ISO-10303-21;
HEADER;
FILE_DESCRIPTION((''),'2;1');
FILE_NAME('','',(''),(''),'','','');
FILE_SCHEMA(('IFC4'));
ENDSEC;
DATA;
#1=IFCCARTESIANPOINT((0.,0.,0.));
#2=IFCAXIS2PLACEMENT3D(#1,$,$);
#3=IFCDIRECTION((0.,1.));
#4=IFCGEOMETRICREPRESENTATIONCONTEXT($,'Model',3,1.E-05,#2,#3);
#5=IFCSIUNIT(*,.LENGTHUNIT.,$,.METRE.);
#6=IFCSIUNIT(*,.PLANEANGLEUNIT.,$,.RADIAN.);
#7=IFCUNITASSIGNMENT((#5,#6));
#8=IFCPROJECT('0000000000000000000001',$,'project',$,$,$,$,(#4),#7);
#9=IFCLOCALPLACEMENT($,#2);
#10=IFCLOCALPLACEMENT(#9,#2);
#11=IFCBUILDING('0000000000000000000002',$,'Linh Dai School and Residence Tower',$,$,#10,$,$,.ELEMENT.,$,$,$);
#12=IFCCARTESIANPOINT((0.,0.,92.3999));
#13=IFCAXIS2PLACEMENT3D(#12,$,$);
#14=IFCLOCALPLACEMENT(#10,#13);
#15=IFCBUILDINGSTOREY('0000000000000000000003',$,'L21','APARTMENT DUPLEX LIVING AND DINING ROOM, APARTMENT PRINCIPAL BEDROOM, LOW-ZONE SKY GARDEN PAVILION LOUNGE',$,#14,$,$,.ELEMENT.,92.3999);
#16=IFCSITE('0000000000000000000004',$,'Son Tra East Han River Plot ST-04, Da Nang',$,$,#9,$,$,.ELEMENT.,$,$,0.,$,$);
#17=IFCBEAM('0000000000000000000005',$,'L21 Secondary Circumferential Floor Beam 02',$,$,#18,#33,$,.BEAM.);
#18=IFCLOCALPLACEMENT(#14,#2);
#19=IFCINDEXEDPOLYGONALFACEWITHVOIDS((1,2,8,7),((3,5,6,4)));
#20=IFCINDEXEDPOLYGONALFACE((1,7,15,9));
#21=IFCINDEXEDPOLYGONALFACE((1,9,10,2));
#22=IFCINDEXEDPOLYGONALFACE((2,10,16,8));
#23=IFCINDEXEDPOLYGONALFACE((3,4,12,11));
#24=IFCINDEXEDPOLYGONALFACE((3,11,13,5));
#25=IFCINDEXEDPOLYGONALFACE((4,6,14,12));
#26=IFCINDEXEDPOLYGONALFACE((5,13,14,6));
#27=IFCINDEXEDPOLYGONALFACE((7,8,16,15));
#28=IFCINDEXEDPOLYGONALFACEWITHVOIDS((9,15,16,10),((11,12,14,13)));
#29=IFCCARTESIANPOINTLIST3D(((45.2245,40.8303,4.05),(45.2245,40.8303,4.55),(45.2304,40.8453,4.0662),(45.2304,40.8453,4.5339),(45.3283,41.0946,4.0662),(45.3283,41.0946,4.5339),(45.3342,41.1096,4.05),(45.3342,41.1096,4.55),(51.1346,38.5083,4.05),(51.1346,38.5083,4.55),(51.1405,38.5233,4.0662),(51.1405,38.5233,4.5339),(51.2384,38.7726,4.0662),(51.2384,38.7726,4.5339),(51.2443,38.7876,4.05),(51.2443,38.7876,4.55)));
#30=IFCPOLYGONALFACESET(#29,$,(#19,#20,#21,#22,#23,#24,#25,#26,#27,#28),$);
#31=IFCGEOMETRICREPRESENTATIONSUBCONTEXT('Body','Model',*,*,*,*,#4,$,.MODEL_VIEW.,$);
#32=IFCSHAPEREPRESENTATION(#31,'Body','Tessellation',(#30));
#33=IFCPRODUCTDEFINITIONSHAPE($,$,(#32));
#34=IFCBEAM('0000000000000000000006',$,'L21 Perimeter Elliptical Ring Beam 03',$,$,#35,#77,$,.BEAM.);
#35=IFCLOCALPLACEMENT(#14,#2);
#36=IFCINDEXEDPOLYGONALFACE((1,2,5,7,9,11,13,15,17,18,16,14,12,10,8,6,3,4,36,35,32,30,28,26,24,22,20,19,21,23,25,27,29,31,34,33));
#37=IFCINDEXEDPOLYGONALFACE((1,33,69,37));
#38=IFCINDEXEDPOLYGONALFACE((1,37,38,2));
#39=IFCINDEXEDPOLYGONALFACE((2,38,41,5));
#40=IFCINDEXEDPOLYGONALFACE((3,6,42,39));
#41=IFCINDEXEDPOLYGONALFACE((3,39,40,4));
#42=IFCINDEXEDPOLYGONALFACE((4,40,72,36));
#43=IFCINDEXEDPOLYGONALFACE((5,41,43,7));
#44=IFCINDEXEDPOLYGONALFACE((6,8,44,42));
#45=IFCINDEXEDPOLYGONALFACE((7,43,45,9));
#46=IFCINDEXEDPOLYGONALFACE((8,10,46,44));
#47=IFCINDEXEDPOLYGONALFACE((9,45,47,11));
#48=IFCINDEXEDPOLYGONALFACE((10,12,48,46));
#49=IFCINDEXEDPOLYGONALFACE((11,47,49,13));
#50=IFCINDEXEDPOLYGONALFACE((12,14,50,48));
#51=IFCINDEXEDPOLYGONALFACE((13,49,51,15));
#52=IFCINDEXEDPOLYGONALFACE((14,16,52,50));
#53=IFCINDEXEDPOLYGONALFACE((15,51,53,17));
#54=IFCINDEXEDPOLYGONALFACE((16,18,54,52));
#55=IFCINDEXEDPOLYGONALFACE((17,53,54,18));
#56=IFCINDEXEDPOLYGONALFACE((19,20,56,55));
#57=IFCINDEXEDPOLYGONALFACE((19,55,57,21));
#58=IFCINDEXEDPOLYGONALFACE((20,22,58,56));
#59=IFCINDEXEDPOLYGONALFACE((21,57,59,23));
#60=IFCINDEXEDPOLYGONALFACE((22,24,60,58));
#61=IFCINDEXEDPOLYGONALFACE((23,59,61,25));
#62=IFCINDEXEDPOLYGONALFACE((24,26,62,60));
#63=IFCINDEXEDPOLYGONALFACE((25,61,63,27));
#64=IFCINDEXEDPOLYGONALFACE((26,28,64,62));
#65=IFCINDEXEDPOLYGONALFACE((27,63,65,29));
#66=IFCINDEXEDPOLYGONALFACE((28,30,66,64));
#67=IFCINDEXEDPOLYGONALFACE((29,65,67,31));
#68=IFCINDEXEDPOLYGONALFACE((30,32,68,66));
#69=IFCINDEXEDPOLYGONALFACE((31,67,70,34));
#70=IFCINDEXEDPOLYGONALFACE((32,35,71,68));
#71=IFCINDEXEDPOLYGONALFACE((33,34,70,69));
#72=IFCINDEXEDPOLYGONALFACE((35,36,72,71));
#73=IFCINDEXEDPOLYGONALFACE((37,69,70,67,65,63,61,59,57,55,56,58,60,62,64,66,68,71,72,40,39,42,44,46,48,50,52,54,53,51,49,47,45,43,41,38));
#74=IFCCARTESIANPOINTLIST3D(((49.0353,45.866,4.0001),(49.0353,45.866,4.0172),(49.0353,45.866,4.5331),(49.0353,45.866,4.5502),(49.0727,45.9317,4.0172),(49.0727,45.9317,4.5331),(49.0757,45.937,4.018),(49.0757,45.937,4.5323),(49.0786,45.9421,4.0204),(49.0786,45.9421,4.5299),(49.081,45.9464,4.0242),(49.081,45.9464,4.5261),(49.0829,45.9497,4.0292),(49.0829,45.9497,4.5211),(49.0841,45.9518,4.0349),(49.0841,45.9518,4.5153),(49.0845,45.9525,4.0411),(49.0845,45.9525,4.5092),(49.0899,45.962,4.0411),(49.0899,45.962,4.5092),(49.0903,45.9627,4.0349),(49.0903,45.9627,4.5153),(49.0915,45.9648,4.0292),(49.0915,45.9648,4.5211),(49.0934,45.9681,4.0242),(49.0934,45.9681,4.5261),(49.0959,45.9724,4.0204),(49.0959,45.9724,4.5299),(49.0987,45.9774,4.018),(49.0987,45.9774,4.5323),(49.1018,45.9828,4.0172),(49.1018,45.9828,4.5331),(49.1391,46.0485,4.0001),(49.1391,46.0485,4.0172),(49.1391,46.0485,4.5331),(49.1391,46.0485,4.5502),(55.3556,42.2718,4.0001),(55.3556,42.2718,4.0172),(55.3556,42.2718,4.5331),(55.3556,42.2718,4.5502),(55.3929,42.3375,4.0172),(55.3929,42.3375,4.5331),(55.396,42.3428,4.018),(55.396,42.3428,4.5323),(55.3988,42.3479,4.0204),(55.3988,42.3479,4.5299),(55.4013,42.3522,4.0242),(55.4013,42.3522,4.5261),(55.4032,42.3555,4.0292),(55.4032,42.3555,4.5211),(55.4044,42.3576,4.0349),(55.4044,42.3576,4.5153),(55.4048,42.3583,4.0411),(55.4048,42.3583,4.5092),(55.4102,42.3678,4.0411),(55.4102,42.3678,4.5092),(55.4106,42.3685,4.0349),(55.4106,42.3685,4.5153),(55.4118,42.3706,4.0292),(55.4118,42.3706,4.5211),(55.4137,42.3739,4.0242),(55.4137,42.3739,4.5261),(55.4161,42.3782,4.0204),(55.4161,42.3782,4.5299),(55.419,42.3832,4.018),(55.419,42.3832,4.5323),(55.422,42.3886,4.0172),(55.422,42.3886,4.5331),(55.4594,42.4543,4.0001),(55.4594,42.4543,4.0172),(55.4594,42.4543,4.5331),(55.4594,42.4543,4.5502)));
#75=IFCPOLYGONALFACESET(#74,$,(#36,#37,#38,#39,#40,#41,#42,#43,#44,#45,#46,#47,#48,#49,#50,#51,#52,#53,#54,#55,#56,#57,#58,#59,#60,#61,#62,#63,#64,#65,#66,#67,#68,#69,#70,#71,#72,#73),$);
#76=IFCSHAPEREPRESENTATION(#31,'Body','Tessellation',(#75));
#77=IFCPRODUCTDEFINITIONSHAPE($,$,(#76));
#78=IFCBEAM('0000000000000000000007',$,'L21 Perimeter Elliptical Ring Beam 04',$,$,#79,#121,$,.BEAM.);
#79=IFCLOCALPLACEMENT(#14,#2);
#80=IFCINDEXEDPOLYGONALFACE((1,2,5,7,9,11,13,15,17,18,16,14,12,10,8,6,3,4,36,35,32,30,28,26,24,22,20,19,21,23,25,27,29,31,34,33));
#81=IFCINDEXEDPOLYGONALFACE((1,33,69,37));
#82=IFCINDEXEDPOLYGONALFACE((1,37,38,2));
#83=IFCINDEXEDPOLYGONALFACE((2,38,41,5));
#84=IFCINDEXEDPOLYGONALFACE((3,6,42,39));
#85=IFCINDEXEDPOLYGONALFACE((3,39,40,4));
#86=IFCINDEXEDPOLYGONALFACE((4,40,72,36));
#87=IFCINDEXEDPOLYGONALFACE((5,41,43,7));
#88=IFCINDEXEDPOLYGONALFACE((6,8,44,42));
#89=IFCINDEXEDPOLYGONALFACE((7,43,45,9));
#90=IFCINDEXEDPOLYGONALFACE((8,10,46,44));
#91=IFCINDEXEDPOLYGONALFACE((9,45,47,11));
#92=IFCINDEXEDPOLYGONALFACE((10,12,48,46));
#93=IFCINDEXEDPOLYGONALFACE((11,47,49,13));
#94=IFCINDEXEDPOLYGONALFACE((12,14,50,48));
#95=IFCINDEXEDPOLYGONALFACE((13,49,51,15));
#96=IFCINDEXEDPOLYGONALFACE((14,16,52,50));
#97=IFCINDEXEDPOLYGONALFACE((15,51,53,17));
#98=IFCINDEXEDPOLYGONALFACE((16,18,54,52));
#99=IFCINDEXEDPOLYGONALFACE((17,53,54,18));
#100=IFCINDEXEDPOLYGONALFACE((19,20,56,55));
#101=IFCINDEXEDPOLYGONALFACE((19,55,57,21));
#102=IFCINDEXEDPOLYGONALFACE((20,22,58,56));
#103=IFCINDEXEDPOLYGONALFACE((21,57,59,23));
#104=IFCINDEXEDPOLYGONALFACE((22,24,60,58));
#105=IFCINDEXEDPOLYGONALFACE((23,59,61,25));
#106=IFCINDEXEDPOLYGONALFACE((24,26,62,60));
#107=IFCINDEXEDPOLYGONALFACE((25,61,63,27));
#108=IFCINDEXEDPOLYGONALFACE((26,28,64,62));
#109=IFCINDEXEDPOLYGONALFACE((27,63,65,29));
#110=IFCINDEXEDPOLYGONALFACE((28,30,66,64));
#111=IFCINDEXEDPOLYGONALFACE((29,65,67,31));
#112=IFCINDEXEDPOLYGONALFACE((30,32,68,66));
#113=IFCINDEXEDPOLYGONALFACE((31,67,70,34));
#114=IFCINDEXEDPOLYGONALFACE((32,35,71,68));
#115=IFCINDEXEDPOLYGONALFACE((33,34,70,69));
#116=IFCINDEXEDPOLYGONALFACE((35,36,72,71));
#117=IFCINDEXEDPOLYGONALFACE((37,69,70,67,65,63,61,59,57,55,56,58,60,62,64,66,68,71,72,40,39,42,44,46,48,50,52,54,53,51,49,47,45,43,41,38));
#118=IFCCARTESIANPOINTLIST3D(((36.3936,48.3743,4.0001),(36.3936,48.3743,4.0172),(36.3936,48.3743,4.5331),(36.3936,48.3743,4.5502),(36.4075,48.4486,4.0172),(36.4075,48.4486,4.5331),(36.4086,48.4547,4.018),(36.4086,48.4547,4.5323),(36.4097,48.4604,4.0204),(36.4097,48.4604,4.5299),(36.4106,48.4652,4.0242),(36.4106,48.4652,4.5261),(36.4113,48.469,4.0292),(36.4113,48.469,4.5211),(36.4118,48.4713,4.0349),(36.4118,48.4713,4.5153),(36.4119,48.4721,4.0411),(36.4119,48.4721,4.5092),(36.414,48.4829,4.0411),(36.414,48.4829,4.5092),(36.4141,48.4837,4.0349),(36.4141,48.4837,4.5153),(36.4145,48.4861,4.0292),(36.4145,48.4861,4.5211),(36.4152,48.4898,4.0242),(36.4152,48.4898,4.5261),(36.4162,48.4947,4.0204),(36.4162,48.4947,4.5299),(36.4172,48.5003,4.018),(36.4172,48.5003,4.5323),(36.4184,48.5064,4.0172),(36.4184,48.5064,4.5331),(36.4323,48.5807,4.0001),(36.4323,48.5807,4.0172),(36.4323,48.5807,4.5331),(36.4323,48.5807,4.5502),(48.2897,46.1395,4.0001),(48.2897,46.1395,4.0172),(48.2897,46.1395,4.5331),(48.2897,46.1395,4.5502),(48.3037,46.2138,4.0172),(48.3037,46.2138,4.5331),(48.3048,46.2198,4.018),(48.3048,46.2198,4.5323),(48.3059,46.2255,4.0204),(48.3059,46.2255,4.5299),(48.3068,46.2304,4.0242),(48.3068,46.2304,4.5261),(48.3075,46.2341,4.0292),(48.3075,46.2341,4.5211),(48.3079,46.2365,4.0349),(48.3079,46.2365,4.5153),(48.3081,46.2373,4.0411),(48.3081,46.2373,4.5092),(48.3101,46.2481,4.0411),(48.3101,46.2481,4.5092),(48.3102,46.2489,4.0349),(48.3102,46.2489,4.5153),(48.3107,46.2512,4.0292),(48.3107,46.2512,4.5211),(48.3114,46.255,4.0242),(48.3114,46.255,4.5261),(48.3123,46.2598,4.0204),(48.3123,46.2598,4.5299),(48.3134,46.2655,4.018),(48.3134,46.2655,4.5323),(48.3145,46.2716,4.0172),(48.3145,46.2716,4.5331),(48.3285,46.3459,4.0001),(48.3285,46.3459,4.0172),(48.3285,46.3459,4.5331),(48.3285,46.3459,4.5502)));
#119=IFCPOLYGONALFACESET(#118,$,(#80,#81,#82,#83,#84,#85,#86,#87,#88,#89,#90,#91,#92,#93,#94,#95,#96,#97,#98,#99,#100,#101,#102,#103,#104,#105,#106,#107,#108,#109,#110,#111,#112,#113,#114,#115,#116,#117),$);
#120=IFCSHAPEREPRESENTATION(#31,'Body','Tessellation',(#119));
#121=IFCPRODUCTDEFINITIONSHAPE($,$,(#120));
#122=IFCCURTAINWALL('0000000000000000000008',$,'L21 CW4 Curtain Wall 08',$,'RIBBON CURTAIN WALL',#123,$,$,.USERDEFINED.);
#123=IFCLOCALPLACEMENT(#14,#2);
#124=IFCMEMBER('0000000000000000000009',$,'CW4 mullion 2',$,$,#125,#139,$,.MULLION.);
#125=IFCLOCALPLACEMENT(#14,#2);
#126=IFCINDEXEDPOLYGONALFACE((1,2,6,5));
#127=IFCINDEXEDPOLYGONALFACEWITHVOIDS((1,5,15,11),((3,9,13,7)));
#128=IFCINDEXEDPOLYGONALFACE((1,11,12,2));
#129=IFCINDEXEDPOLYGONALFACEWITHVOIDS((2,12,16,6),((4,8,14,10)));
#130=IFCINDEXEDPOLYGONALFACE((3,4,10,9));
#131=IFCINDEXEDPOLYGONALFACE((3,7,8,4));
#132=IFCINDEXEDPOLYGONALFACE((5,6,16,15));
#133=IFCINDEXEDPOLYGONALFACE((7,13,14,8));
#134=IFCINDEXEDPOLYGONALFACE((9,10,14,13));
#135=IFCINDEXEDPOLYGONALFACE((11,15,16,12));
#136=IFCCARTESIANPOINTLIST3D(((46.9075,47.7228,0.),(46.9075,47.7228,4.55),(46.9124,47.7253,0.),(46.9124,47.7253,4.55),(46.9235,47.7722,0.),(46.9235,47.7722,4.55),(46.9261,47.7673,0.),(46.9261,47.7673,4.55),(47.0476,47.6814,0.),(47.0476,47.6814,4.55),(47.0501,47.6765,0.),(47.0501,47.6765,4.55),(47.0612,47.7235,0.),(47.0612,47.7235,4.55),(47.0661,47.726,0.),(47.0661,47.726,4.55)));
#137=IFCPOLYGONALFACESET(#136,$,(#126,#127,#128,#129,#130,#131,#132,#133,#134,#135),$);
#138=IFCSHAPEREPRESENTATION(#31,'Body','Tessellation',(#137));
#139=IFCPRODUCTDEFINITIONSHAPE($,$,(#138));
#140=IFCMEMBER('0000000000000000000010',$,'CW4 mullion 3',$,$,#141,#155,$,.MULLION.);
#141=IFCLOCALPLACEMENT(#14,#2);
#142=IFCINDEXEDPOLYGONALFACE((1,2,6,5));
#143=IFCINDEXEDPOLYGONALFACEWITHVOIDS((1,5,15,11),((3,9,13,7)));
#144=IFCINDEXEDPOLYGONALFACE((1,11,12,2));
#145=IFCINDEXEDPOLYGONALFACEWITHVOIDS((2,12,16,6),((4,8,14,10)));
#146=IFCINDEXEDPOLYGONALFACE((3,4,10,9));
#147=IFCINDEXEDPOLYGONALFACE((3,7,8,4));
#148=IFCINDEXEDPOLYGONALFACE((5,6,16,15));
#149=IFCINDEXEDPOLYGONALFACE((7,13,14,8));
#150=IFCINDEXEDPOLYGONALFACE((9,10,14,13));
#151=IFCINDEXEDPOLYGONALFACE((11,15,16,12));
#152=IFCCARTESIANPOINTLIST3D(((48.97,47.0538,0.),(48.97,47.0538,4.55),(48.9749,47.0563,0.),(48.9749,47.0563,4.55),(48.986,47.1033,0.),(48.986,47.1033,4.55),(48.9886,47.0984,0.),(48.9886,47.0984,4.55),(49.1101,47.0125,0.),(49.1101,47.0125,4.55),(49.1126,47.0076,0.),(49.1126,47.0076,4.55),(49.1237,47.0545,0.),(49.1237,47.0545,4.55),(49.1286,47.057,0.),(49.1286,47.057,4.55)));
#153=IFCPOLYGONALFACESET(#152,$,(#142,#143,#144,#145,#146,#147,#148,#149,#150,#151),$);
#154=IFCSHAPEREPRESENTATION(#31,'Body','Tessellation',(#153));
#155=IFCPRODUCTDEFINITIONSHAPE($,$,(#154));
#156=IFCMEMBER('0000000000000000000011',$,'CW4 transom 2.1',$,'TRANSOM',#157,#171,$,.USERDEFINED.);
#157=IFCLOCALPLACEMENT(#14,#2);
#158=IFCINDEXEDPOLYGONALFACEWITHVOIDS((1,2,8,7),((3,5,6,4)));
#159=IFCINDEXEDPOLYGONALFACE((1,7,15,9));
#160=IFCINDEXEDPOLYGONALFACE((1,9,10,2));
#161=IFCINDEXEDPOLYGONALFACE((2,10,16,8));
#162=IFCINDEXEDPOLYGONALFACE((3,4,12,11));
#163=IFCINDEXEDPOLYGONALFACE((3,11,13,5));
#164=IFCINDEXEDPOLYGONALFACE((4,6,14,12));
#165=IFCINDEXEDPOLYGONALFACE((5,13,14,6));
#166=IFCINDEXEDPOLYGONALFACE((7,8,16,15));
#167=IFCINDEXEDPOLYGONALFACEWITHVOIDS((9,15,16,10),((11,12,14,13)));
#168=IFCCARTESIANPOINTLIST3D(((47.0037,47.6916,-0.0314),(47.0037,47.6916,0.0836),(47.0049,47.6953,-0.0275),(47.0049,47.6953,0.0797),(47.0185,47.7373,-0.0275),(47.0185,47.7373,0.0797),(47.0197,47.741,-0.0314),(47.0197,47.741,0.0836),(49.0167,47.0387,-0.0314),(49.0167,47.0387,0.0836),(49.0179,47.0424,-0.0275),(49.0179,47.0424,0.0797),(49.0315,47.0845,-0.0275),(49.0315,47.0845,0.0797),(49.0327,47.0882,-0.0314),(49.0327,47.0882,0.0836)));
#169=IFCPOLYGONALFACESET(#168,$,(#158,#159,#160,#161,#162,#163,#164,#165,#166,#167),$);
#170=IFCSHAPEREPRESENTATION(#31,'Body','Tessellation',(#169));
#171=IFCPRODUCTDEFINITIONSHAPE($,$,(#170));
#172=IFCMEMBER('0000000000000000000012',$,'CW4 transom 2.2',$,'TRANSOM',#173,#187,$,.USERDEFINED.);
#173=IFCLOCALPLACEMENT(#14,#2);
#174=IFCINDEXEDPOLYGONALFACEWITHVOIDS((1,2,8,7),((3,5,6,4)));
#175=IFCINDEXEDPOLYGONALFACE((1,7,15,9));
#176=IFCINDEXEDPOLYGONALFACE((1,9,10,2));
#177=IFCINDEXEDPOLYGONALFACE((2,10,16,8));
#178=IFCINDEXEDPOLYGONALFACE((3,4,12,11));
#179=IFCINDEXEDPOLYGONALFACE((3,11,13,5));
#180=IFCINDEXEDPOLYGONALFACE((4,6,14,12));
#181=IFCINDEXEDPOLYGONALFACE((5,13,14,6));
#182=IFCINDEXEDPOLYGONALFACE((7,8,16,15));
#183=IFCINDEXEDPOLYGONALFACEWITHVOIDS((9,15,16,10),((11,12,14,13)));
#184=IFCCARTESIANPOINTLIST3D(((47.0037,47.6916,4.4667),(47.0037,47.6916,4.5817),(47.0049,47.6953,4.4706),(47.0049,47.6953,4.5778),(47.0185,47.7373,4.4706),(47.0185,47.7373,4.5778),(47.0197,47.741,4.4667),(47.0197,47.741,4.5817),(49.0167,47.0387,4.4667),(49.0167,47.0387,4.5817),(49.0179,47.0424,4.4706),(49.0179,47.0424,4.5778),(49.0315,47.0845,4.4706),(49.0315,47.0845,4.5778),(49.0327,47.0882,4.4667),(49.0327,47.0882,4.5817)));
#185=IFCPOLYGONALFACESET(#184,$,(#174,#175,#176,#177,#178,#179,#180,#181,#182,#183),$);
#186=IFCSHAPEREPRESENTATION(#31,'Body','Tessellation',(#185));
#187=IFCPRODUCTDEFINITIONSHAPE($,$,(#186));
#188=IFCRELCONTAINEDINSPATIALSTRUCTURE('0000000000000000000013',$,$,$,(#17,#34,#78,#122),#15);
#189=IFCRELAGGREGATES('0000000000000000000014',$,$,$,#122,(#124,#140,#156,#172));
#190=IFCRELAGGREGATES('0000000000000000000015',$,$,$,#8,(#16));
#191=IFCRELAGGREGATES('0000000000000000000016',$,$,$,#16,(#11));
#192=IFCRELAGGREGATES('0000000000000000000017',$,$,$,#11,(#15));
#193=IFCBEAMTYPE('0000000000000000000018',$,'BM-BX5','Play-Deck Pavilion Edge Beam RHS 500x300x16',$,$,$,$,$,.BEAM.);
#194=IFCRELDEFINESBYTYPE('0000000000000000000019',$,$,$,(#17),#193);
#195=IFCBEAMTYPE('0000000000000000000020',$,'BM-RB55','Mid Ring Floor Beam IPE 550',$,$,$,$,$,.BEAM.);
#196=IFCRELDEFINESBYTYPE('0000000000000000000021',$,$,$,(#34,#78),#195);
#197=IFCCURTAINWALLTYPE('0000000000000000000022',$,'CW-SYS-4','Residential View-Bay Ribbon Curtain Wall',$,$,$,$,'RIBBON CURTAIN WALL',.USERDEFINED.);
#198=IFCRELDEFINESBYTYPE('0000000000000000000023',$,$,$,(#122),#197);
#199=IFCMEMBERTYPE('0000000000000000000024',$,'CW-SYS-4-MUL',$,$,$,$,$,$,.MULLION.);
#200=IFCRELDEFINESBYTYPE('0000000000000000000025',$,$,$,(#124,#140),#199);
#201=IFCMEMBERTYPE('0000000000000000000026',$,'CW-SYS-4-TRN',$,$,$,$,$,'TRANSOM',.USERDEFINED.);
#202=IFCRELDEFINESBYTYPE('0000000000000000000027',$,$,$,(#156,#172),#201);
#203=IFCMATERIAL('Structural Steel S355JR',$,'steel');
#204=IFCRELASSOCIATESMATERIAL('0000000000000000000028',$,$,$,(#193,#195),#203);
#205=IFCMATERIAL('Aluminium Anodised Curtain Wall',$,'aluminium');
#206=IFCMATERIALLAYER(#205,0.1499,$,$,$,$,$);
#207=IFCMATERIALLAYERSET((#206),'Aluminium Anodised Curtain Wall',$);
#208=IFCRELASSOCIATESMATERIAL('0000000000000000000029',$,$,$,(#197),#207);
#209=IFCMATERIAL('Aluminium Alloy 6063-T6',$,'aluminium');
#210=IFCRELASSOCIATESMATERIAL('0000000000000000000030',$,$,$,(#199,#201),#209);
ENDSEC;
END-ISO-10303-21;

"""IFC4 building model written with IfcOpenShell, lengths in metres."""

from ifc_helpers import new_model, si_unit, direction, frame, origin, origin_2d, place, context, subcontext, project, spatial, hollow_rectangle, i_section, extrude, source, transform, mapped, material, layer, layer_set, material_profile, profile_set, type_object, element, aggregate, save


model = new_model("IFC4")

# Units and contexts
model_context = context("Model", 3, precision=1e-05, world=origin(), true_north=direction((0.0, 1.0)))
body_context = subcontext(model_context, "Body", "Model", "MODEL_VIEW")
ifc_project = project(units=[si_unit("LENGTHUNIT", "METRE"), si_unit("PLANEANGLEUNIT", "RADIAN")], contexts=[model_context])

# Site, building, storey
site_placement = place(None, origin())
site = spatial("IfcSite", under=ifc_project, at=site_placement, Name="Son Tra East Han River Plot ST-04, Da Nang", CompositionType="ELEMENT", RefElevation=0.0)
building_placement = place(site_placement, origin())
building = spatial("IfcBuilding", under=site, at=building_placement, Name="Linh Dai School and Residence Tower", CompositionType="ELEMENT")
storey_placement = place(building_placement, frame((0.0, 0.0, 92.3999)))
storey = spatial("IfcBuildingStorey", under=building, at=storey_placement, Name="L21", Description="APARTMENT DUPLEX LIVING AND DINING ROOM, APARTMENT PRINCIPAL BEDROOM, LOW-ZONE SKY GARDEN PAVILION LOUNGE", CompositionType="ELEMENT", Elevation=92.3999)

# Shared definitions
ifc_material_1 = material(Name="Structural Steel S355JR", Category="steel")

# Beams
ifc_material_profile_1 = material_profile(ifc_material_1, hollow_rectangle(XDim=0.3, YDim=0.5, WallThickness=0.0161, at=origin_2d()), Name="RHS 500x300x16")
ifc_profile_set_1 = profile_set([ifc_material_profile_1], Name="Structural Steel S355JR")
beam_type_1 = type_object("IfcBeamType", Name="BM-BX5", Description="Play-Deck Pavilion Edge Beam RHS 500x300x16", PredefinedType="BEAM", material=ifc_profile_set_1)
beam_1_placement = place(storey_placement, frame((51.1895, 38.6479, 4.3), z_axis=(-0.930742, 0.365676, 0.0), x_axis=(-0.365676, -0.930742, 0.0)))
element("IfcBeam", 1, at=beam_1_placement, inside=storey, type_object=beam_type_1, Name="L21 Secondary Circumferential Floor Beam 02", PredefinedType="BEAM", context=body_context, shape_type="SweptSolid", body=[
    extrude(hollow_rectangle(XDim=0.3, YDim=0.5, WallThickness=0.0161, at=origin_2d()), origin(), (0.0, 0.0, 1.0), 6.3499),
])
ifc_material_profile_2 = material_profile(ifc_material_1, i_section(OverallWidth=0.21, OverallDepth=0.55, WebThickness=0.011, FlangeThickness=0.0171, FilletRadius=0.0239, at=origin_2d()), Name="IPE 550")
ifc_profile_set_2 = profile_set([ifc_material_profile_2], Name="Structural Steel S355JR")
beam_type_2 = type_object("IfcBeamType", Name="BM-RB55", Description="Mid Ring Floor Beam IPE 550", PredefinedType="BEAM", material=ifc_profile_set_2)
beam_2_placement = place(storey_placement, frame((55.4075, 42.363, 4.2751), z_axis=(-0.86927, 0.494337, 0.0), x_axis=(-0.494337, -0.86927, 0.0)))
element("IfcBeam", 2, at=beam_2_placement, inside=storey, type_object=beam_type_2, Name="L21 Perimeter Elliptical Ring Beam 03", PredefinedType="BEAM", context=body_context, shape_type="SweptSolid", body=[
    extrude(i_section(OverallWidth=0.21, OverallDepth=0.55, WebThickness=0.011, FlangeThickness=0.0171, FilletRadius=0.0239, at=origin_2d()), origin(), (0.0, 0.0, 1.0), 7.2708),
])
beam_3_placement = place(storey_placement, frame((48.3091, 46.2427, 4.2751), z_axis=(-0.982808, 0.184633, 0.0), x_axis=(-0.184633, -0.982808, 0.0)))
element("IfcBeam", 3, at=beam_3_placement, inside=storey, type_object=beam_type_2, Name="L21 Perimeter Elliptical Ring Beam 04", PredefinedType="BEAM", context=body_context, shape_type="SweptSolid", body=[
    extrude(i_section(OverallWidth=0.21, OverallDepth=0.55, WebThickness=0.011, FlangeThickness=0.0171, FilletRadius=0.0239, at=origin_2d()), origin(), (0.0, 0.0, 1.0), 12.1042),
])

# Curtain wall, members
ifc_material_2 = material(Name="Aluminium Anodised Curtain Wall", Category="aluminium")
ifc_layer_1 = layer(ifc_material_2, 0.1499)
ifc_layer_set_1 = layer_set([ifc_layer_1], Name="Aluminium Anodised Curtain Wall")
curtain_wall_type = type_object("IfcCurtainWallType", Name="CW-SYS-4", Description="Residential View-Bay Ribbon Curtain Wall", ElementType="RIBBON CURTAIN WALL", PredefinedType="USERDEFINED", material=ifc_layer_set_1)
curtain_wall_placement = place(storey_placement, origin())
curtain_wall = element("IfcCurtainWall", 4, at=curtain_wall_placement, inside=storey, type_object=curtain_wall_type, Name="L21 CW4 Curtain Wall 08", ObjectType="RIBBON CURTAIN WALL", PredefinedType="USERDEFINED")
ifc_material_3 = material(Name="Aluminium Alloy 6063-T6", Category="aluminium")
ifc_material_profile_3 = material_profile(ifc_material_3, hollow_rectangle(XDim=0.052, YDim=0.1499, WallThickness=0.0039, at=origin_2d()), Name="RHS 150x52x4")
ifc_profile_set_3 = profile_set([ifc_material_profile_3], Name="Aluminium Alloy 6063-T6")
member_type_1 = type_object("IfcMemberType", Name="CW-SYS-4-MUL", PredefinedType="MULLION", material=ifc_profile_set_3)
shared_shape_1 = source(origin(), body_context, "Body", "SweptSolid", [
    extrude(hollow_rectangle(XDim=0.052, YDim=0.1499, WallThickness=0.0039, at=origin_2d()), origin(), (0.0, 0.0, 1.0), 4.55),
])
member_1_placement = place(storey_placement, frame((46.9868, 47.7244, 0.0), z_axis=(0.0, 0.0, 1.0), x_axis=(0.308522, 0.951217, 0.0)))
member_1 = element("IfcMember", 5, at=member_1_placement, type_object=member_type_1, Name="CW4 mullion 2", PredefinedType="MULLION", context=body_context, shape_type="MappedRepresentation", body=[
    mapped(shared_shape_1, transform((0.0, 0.0, 0.0), x_axis=(1.0, 0.0, 0.0), y_axis=(0.0, 1.0, 0.0), z_axis=(0.0, 0.0, 1.0), scale=1.0)),
])
member_2_placement = place(storey_placement, frame((49.0493, 47.0554, 0.0), z_axis=(0.0, 0.0, 1.0), x_axis=(0.308522, 0.951217, 0.0)))
member_2 = element("IfcMember", 6, at=member_2_placement, type_object=member_type_1, Name="CW4 mullion 3", PredefinedType="MULLION", context=body_context, shape_type="MappedRepresentation", body=[
    mapped(shared_shape_1, transform((0.0, 0.0, 0.0), x_axis=(1.0, 0.0, 0.0), y_axis=(0.0, 1.0, 0.0), z_axis=(0.0, 0.0, 1.0), scale=1.0)),
])
ifc_material_profile_4 = material_profile(ifc_material_3, hollow_rectangle(XDim=0.052, YDim=0.115, WallThickness=0.0039, at=origin_2d()), Name="RHS 115x52x4")
ifc_profile_set_4 = profile_set([ifc_material_profile_4], Name="Aluminium Alloy 6063-T6")
member_type_2 = type_object("IfcMemberType", Name="CW-SYS-4-TRN", ElementType="TRANSOM", PredefinedType="USERDEFINED", material=ifc_profile_set_4)
shared_shape_2 = source(origin(), body_context, "Body", "SweptSolid", [
    extrude(hollow_rectangle(XDim=0.052, YDim=0.115, WallThickness=0.0039, at=origin_2d()), origin(), (0.0, 0.0, 1.0), 2.1162),
])
member_3_placement = place(storey_placement, frame((47.0117, 47.7163, 0.0261), z_axis=(0.951225, -0.308499, 0.0), x_axis=(0.308499, 0.951225, 0.0)))
member_3 = element("IfcMember", 7, at=member_3_placement, type_object=member_type_2, Name="CW4 transom 2.1", ObjectType="TRANSOM", PredefinedType="USERDEFINED", context=body_context, shape_type="MappedRepresentation", body=[
    mapped(shared_shape_2, transform((0.0, 0.0, 0.0), x_axis=(1.0, 0.0, 0.0), y_axis=(0.0, 1.0, 0.0), z_axis=(0.0, 0.0, 1.0), scale=1.0)),
])
member_4_placement = place(storey_placement, frame((47.0117, 47.7163, 4.5242), z_axis=(0.951225, -0.308499, 0.0), x_axis=(0.308499, 0.951225, 0.0)))
member_4 = element("IfcMember", 8, at=member_4_placement, type_object=member_type_2, Name="CW4 transom 2.2", ObjectType="TRANSOM", PredefinedType="USERDEFINED", context=body_context, shape_type="MappedRepresentation", body=[
    mapped(shared_shape_2, transform((0.0, 0.0, 0.0), x_axis=(1.0, 0.0, 0.0), y_axis=(0.0, 1.0, 0.0), z_axis=(0.0, 0.0, 1.0), scale=1.0)),
])

aggregate(curtain_wall, [member_1, member_2, member_3, member_4])

save(model, "model.ifc")
